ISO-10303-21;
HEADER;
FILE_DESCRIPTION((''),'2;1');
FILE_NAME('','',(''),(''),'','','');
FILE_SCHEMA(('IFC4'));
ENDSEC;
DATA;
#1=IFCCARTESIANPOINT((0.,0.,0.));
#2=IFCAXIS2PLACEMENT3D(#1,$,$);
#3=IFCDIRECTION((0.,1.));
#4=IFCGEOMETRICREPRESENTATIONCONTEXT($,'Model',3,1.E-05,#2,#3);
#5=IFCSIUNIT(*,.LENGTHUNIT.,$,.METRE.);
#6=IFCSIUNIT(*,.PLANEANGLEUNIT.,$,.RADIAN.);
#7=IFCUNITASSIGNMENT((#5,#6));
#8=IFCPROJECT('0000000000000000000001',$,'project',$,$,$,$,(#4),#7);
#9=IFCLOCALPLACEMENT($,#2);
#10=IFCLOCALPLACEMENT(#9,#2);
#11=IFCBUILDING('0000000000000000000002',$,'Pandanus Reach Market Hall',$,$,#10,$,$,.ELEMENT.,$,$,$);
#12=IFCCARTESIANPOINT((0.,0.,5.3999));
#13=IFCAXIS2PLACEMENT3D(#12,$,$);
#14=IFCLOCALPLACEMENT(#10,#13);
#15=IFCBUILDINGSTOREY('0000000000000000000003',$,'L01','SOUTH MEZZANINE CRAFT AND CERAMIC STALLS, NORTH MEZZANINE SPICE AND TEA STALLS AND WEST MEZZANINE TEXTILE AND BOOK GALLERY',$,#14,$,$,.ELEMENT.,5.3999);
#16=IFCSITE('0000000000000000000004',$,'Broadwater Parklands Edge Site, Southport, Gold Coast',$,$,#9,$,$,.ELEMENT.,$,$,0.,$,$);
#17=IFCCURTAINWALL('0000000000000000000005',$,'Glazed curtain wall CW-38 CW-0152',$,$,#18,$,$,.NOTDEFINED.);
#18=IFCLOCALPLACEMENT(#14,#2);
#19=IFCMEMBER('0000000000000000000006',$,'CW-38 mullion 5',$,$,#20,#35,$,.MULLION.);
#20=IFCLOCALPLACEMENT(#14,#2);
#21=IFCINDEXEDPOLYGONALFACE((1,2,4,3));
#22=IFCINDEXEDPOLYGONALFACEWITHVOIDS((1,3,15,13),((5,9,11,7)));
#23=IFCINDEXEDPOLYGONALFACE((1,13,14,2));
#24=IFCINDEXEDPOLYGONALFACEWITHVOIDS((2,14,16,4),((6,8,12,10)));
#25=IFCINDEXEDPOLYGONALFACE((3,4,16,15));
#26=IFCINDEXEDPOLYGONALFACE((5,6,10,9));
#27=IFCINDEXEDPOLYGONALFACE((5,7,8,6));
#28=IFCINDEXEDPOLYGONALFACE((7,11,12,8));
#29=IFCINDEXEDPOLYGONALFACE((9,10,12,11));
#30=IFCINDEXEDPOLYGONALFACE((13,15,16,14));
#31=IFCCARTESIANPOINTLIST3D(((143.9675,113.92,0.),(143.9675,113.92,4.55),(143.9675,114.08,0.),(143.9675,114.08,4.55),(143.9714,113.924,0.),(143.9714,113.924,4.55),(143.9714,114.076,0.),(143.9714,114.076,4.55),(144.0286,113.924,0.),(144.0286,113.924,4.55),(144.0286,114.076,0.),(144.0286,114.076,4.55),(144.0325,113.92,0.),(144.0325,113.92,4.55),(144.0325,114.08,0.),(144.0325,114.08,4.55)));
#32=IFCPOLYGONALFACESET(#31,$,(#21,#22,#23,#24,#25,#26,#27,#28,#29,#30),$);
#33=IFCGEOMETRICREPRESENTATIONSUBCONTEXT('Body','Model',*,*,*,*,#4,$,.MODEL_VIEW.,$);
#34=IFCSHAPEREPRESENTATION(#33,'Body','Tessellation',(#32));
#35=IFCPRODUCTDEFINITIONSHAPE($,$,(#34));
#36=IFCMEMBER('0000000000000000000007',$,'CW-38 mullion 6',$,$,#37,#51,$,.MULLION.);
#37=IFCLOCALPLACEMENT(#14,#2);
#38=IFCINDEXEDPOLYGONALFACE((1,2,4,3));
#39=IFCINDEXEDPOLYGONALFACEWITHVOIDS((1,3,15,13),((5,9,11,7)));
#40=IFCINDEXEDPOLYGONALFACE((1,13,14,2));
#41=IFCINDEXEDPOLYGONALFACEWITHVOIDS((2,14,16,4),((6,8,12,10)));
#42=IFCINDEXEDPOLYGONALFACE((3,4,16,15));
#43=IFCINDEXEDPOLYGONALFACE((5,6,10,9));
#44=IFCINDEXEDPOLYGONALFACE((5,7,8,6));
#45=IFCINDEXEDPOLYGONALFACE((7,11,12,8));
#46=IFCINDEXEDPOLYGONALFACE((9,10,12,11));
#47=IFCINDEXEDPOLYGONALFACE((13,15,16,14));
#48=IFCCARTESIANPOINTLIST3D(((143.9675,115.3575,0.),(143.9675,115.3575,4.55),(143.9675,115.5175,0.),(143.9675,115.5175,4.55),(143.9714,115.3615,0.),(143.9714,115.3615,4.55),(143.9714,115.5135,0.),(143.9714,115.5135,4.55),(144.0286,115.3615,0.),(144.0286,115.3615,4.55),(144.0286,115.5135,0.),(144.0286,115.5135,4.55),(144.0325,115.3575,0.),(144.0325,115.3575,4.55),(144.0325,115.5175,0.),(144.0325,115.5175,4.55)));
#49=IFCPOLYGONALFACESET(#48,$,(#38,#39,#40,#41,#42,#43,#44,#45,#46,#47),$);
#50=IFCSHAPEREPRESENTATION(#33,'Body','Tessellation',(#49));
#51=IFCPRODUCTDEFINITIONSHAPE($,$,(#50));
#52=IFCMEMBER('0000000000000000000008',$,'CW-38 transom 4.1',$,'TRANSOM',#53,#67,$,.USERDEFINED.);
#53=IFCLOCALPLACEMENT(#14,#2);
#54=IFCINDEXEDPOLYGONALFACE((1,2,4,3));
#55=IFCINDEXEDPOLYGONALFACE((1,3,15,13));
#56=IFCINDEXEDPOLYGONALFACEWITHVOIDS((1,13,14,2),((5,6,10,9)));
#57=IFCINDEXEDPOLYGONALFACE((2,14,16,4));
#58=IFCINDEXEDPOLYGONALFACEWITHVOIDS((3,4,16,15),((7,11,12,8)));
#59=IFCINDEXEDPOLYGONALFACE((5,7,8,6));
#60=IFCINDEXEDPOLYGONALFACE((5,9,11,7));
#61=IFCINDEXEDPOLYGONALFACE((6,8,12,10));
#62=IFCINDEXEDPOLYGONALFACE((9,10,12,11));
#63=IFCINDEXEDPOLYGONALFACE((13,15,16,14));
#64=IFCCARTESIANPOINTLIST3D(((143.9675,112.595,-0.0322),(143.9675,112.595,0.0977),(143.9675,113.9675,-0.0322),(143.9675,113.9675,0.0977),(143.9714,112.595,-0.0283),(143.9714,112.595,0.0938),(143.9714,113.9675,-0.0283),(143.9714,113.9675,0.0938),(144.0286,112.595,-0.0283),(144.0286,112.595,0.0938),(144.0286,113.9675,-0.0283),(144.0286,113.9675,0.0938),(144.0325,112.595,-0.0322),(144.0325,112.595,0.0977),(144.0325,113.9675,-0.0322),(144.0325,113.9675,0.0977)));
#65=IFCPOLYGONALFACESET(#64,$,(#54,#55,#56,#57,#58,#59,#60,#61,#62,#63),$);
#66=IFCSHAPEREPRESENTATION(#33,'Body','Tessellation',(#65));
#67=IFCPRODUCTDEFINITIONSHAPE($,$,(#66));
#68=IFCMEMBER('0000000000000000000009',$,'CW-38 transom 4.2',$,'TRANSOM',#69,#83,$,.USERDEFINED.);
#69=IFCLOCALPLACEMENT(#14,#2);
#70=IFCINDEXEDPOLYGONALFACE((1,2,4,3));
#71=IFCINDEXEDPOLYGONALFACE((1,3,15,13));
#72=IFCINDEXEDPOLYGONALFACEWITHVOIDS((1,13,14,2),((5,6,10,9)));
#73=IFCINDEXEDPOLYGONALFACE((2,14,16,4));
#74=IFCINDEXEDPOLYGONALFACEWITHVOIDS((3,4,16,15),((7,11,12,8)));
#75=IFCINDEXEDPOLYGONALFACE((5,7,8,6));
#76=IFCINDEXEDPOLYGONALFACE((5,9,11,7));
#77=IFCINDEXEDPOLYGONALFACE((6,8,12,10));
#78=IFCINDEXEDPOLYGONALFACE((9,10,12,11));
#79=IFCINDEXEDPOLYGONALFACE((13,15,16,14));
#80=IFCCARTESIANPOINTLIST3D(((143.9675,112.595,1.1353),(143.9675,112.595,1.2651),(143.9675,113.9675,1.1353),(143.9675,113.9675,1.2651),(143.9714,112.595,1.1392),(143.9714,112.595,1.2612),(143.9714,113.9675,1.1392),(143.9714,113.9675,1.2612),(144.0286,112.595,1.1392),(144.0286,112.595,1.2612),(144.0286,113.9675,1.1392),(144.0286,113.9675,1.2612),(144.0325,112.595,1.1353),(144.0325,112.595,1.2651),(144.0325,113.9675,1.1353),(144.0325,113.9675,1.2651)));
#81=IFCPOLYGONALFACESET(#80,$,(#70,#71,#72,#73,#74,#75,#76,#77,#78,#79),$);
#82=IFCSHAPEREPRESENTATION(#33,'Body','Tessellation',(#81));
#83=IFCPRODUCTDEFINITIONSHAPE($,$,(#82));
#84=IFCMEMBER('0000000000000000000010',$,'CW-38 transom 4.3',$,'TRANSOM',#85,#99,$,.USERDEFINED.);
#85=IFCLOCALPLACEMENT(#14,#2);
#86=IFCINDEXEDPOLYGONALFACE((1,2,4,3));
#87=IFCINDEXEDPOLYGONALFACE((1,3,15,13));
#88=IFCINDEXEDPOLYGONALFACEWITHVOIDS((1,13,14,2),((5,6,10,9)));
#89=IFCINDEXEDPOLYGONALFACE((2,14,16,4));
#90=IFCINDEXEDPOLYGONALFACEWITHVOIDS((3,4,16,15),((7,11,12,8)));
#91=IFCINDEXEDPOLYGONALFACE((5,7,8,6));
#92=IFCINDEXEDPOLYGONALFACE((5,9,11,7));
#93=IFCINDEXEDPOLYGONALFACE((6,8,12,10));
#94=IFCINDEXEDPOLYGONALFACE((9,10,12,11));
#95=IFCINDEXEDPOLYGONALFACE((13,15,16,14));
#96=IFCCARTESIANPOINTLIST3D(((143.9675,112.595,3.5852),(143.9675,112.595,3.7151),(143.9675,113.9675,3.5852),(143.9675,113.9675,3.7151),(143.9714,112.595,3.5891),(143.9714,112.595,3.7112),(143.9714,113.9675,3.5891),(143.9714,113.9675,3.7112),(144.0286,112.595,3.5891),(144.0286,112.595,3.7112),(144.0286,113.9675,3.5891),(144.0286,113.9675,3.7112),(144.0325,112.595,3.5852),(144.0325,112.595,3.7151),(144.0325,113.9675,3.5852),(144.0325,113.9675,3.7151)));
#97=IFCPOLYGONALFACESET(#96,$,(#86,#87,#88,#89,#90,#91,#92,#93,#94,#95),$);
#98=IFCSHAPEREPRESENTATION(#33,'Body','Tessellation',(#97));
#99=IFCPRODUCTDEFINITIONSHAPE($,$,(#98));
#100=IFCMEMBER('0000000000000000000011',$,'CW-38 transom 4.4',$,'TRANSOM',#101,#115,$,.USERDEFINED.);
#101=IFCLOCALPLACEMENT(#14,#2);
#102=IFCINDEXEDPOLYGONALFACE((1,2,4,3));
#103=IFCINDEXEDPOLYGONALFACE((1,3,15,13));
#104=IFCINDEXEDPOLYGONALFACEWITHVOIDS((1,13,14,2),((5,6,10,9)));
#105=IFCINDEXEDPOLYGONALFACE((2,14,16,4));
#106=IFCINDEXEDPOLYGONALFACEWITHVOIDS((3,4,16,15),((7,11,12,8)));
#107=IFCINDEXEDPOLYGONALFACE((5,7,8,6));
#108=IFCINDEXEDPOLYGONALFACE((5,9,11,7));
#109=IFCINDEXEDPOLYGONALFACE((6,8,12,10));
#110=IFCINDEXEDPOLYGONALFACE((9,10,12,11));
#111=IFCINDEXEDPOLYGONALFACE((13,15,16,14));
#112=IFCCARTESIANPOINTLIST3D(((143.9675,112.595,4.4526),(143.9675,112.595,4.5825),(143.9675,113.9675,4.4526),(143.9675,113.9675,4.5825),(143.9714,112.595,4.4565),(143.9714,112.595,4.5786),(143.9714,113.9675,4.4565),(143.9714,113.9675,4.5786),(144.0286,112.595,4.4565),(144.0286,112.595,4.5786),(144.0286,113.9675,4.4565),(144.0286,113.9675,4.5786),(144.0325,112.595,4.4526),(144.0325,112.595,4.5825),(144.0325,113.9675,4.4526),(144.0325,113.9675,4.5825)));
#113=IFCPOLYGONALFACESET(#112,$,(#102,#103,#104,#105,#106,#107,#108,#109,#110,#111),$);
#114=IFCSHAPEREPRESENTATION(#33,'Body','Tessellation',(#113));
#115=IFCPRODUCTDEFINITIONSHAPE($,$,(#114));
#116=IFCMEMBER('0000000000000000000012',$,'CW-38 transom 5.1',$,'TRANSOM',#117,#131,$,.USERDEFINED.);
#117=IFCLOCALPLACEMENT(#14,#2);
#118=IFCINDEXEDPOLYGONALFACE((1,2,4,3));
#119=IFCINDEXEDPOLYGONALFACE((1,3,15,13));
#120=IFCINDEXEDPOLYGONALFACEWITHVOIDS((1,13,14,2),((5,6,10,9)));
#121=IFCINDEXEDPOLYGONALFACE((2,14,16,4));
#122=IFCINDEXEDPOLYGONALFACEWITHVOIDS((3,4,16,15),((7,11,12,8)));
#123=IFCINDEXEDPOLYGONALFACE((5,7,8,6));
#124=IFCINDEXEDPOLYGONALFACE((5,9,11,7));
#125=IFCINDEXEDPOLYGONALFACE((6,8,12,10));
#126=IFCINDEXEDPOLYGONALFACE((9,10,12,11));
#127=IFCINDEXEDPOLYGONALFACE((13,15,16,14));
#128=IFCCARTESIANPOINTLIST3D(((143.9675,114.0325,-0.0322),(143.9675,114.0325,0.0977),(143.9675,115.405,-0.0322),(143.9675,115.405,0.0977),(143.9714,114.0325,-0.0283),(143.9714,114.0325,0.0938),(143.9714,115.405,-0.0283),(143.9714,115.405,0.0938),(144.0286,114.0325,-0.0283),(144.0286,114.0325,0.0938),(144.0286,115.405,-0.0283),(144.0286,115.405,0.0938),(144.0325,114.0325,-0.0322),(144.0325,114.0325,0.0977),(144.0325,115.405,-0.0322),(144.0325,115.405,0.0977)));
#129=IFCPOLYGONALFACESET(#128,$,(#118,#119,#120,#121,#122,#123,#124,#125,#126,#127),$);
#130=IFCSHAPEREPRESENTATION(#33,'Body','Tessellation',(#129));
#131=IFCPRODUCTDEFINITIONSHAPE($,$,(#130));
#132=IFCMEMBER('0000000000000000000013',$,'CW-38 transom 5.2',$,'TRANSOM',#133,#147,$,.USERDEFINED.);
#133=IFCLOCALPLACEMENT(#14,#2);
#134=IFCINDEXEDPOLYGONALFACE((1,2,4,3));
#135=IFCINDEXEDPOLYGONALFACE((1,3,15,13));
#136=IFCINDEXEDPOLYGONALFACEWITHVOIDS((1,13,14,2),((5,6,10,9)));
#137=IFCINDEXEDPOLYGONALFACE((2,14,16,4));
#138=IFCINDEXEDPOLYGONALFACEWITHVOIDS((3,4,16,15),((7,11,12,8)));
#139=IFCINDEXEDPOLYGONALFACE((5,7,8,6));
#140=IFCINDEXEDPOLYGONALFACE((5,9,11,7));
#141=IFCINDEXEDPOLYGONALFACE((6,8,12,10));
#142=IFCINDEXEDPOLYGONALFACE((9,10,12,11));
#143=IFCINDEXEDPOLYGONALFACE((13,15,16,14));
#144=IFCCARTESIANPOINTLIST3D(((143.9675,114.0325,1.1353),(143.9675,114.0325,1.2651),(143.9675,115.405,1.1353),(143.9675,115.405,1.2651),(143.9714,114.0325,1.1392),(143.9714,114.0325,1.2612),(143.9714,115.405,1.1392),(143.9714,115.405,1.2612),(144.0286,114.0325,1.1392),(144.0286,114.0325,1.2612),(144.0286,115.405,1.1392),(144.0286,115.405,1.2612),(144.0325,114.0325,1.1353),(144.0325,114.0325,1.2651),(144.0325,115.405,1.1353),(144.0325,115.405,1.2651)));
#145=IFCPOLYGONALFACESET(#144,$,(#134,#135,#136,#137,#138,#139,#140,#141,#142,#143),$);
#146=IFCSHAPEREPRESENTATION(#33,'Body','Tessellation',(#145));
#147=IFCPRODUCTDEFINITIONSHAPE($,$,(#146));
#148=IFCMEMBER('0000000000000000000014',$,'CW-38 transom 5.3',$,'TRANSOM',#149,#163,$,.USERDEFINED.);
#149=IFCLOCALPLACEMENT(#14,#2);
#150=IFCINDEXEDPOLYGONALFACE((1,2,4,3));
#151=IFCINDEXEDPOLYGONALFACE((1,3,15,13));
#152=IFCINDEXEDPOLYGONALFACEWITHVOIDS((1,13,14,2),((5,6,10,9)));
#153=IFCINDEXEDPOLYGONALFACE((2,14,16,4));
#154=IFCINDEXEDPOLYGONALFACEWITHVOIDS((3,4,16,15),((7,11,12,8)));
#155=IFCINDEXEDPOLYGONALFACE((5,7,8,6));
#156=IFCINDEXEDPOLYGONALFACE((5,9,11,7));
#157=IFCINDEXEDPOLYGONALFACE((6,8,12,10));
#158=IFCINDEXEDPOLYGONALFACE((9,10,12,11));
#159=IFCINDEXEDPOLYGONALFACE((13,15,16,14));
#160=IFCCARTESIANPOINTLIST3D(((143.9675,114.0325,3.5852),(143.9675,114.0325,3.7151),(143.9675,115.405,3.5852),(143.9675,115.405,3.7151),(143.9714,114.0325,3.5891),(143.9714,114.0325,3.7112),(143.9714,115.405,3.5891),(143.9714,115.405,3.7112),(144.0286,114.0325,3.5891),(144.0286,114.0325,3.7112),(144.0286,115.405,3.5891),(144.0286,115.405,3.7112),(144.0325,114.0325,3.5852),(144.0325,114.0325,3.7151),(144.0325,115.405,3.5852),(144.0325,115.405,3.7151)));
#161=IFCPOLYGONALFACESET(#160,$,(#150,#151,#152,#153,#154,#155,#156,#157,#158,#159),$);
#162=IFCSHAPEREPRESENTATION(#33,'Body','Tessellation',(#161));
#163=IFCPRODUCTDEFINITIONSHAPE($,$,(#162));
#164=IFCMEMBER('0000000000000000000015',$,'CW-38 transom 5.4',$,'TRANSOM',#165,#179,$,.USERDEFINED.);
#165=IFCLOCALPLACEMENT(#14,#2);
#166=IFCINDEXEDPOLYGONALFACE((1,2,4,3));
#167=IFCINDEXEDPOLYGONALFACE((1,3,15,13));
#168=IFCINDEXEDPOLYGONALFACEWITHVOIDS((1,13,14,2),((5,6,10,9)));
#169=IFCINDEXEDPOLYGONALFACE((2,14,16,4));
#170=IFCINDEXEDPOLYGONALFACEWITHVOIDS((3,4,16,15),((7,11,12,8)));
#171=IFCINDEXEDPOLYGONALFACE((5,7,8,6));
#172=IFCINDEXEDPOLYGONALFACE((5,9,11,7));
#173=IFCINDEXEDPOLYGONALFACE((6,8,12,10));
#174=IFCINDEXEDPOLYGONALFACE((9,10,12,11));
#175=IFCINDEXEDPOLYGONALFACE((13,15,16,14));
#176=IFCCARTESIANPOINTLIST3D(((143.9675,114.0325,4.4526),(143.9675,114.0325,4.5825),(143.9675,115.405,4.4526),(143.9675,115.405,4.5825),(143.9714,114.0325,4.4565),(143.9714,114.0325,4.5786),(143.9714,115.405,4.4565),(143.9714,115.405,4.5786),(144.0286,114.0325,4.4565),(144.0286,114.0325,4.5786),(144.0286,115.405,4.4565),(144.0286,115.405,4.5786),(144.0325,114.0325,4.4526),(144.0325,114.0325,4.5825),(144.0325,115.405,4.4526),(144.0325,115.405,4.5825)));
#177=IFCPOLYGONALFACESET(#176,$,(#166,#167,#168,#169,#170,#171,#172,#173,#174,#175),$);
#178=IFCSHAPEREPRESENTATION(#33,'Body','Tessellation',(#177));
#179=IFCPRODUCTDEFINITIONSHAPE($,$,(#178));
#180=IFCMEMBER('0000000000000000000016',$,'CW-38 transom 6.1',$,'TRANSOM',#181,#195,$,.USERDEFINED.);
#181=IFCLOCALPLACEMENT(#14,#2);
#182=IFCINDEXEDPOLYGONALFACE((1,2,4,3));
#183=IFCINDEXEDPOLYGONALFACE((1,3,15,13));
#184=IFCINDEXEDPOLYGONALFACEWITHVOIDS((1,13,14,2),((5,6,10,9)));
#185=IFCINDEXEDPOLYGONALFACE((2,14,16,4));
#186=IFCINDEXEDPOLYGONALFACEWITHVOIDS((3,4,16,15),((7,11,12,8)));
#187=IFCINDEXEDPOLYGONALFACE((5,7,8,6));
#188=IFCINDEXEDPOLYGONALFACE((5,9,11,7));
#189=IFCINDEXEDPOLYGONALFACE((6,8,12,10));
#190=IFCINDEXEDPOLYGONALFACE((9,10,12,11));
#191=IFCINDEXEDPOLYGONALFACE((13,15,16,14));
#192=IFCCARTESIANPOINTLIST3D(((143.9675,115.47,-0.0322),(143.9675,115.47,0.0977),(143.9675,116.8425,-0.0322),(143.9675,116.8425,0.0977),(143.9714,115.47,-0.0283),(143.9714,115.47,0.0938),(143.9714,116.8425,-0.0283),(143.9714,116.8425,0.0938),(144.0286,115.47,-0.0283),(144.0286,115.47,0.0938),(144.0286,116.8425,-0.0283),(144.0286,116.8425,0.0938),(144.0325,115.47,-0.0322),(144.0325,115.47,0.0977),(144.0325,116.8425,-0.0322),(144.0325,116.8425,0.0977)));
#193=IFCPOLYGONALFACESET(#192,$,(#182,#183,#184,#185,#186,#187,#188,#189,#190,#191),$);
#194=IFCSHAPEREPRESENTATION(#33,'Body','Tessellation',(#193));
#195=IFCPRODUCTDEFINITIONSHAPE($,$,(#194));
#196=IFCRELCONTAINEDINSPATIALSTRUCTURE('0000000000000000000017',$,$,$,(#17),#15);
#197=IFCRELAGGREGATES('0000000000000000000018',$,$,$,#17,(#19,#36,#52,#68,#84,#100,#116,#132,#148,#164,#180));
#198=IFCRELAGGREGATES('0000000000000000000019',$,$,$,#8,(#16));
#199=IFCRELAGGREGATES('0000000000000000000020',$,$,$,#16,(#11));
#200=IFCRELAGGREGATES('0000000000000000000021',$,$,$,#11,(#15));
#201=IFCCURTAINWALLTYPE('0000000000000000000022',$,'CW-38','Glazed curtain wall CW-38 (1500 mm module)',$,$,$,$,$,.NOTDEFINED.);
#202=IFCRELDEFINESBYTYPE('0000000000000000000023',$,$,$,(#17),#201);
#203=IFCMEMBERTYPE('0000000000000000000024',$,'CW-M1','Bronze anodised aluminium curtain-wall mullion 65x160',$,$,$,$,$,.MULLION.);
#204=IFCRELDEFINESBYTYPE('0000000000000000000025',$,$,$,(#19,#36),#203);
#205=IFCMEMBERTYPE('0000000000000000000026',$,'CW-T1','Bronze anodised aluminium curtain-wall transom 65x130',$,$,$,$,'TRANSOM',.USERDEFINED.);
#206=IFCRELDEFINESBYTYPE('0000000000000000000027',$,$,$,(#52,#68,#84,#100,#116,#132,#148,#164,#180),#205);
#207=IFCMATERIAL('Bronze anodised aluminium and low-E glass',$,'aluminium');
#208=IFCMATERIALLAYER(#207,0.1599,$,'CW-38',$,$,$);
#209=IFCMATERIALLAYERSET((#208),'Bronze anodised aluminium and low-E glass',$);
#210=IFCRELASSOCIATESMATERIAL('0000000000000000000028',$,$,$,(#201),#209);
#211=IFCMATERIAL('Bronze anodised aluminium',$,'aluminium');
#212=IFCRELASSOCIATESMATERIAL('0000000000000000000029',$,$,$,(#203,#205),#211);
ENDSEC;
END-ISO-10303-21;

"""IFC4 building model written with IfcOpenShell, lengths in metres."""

from ifc_helpers import new_model, si_unit, direction, frame, origin, origin_2d, place, context, subcontext, project, spatial, hollow_rectangle, extrude, material, layer, layer_set, material_profile, profile_set, type_object, element, aggregate, save


model = new_model("IFC4")

# Units and contexts
model_context = context("Model", 3, precision=1e-05, world=origin(), true_north=direction((0.0, 1.0)))
body_context = subcontext(model_context, "Body", "Model", "MODEL_VIEW")
ifc_project = project(units=[si_unit("LENGTHUNIT", "METRE"), si_unit("PLANEANGLEUNIT", "RADIAN")], contexts=[model_context])

# Site, building, storey
site_placement = place(None, origin())
site = spatial("IfcSite", under=ifc_project, at=site_placement, Name="Broadwater Parklands Edge Site, Southport, Gold Coast", CompositionType="ELEMENT", RefElevation=0.0)
building_placement = place(site_placement, origin())
building = spatial("IfcBuilding", under=site, at=building_placement, Name="Pandanus Reach Market Hall", CompositionType="ELEMENT")
storey_placement = place(building_placement, frame((0.0, 0.0, 5.3999)))
storey = spatial("IfcBuildingStorey", under=building, at=storey_placement, Name="L01", Description="SOUTH MEZZANINE CRAFT AND CERAMIC STALLS, NORTH MEZZANINE SPICE AND TEA STALLS AND WEST MEZZANINE TEXTILE AND BOOK GALLERY", CompositionType="ELEMENT", Elevation=5.3999)

# Curtain wall, members
ifc_material_1 = material(Name="Bronze anodised aluminium and low-E glass", Category="aluminium")
ifc_layer_1 = layer(ifc_material_1, 0.1599, Name="CW-38")
ifc_layer_set_1 = layer_set([ifc_layer_1], Name="Bronze anodised aluminium and low-E glass")
curtain_wall_type = type_object("IfcCurtainWallType", Name="CW-38", Description="Glazed curtain wall CW-38 (1500 mm module)", PredefinedType="NOTDEFINED", material=ifc_layer_set_1)
curtain_wall_placement = place(storey_placement, origin())
curtain_wall = element("IfcCurtainWall", 1, at=curtain_wall_placement, inside=storey, type_object=curtain_wall_type, Name="Glazed curtain wall CW-38 CW-0152", PredefinedType="NOTDEFINED")
ifc_material_2 = material(Name="Bronze anodised aluminium", Category="aluminium")
ifc_material_profile_1 = material_profile(ifc_material_2, hollow_rectangle(XDim=0.0649, YDim=0.1599, WallThickness=0.0039, at=origin_2d()), Name="ALU65x160", Category="LoadBearing")
ifc_profile_set_1 = profile_set([ifc_material_profile_1], Name="Bronze anodised aluminium")
member_type_1 = type_object("IfcMemberType", Name="CW-M1", Description="Bronze anodised aluminium curtain-wall mullion 65x160", PredefinedType="MULLION", material=ifc_profile_set_1)
member_1_placement = place(storey_placement, frame((144.0, 114.0, 0.0), z_axis=(0.0, 0.0, 1.0), x_axis=(-1.0, 0.0, 0.0)))
member_1 = element("IfcMember", 2, at=member_1_placement, type_object=member_type_1, Name="CW-38 mullion 5", PredefinedType="MULLION", context=body_context, shape_type="SweptSolid", body=[
    extrude(hollow_rectangle(XDim=0.0649, YDim=0.1599, WallThickness=0.0039, at=origin_2d()), origin(), (0.0, 0.0, 1.0), 4.55),
])
member_2_placement = place(storey_placement, frame((144.0, 115.4375, 0.0), z_axis=(0.0, 0.0, 1.0), x_axis=(-1.0, 0.0, 0.0)))
member_2 = element("IfcMember", 3, at=member_2_placement, type_object=member_type_1, Name="CW-38 mullion 6", PredefinedType="MULLION", context=body_context, shape_type="SweptSolid", body=[
    extrude(hollow_rectangle(XDim=0.0649, YDim=0.1599, WallThickness=0.0039, at=origin_2d()), origin(), (0.0, 0.0, 1.0), 4.55),
])
ifc_material_profile_2 = material_profile(ifc_material_2, hollow_rectangle(XDim=0.0649, YDim=0.1299, WallThickness=0.0039, at=origin_2d()), Name="ALU65x130", Category="LoadBearing")
ifc_profile_set_2 = profile_set([ifc_material_profile_2], Name="Bronze anodised aluminium")
member_type_2 = type_object("IfcMemberType", Name="CW-T1", Description="Bronze anodised aluminium curtain-wall transom 65x130", ElementType="TRANSOM", PredefinedType="USERDEFINED", material=ifc_profile_set_2)
member_3_placement = place(storey_placement, frame((144.0, 112.595, 0.0327), z_axis=(0.0, 1.0, 0.0), x_axis=(-1.0, 0.0, 0.0)))
member_3 = element("IfcMember", 4, at=member_3_placement, type_object=member_type_2, Name="CW-38 transom 4.1", ObjectType="TRANSOM", PredefinedType="USERDEFINED", context=body_context, shape_type="SweptSolid", body=[
    extrude(hollow_rectangle(XDim=0.0649, YDim=0.1299, WallThickness=0.0039, at=origin_2d()), origin(), (0.0, 0.0, 1.0), 1.3726),
])
member_4_placement = place(storey_placement, frame((144.0, 112.595, 1.2002), z_axis=(0.0, 1.0, 0.0), x_axis=(-1.0, 0.0, 0.0)))
member_4 = element("IfcMember", 5, at=member_4_placement, type_object=member_type_2, Name="CW-38 transom 4.2", ObjectType="TRANSOM", PredefinedType="USERDEFINED", context=body_context, shape_type="SweptSolid", body=[
    extrude(hollow_rectangle(XDim=0.0649, YDim=0.1299, WallThickness=0.0039, at=origin_2d()), origin(), (0.0, 0.0, 1.0), 1.3726),
])
member_5_placement = place(storey_placement, frame((144.0, 112.595, 3.6501), z_axis=(0.0, 1.0, 0.0), x_axis=(-1.0, 0.0, 0.0)))
member_5 = element("IfcMember", 6, at=member_5_placement, type_object=member_type_2, Name="CW-38 transom 4.3", ObjectType="TRANSOM", PredefinedType="USERDEFINED", context=body_context, shape_type="SweptSolid", body=[
    extrude(hollow_rectangle(XDim=0.0649, YDim=0.1299, WallThickness=0.0039, at=origin_2d()), origin(), (0.0, 0.0, 1.0), 1.3726),
])
member_6_placement = place(storey_placement, frame((144.0, 112.595, 4.5176), z_axis=(0.0, 1.0, 0.0), x_axis=(-1.0, 0.0, 0.0)))
member_6 = element("IfcMember", 7, at=member_6_placement, type_object=member_type_2, Name="CW-38 transom 4.4", ObjectType="TRANSOM", PredefinedType="USERDEFINED", context=body_context, shape_type="SweptSolid", body=[
    extrude(hollow_rectangle(XDim=0.0649, YDim=0.1299, WallThickness=0.0039, at=origin_2d()), origin(), (0.0, 0.0, 1.0), 1.3726),
])
member_7_placement = place(storey_placement, frame((144.0, 114.0325, 0.0327), z_axis=(0.0, 1.0, 0.0), x_axis=(-1.0, 0.0, 0.0)))
member_7 = element("IfcMember", 8, at=member_7_placement, type_object=member_type_2, Name="CW-38 transom 5.1", ObjectType="TRANSOM", PredefinedType="USERDEFINED", context=body_context, shape_type="SweptSolid", body=[
    extrude(hollow_rectangle(XDim=0.0649, YDim=0.1299, WallThickness=0.0039, at=origin_2d()), origin(), (0.0, 0.0, 1.0), 1.3726),
])
member_8_placement = place(storey_placement, frame((144.0, 114.0325, 1.2002), z_axis=(0.0, 1.0, 0.0), x_axis=(-1.0, 0.0, 0.0)))
member_8 = element("IfcMember", 9, at=member_8_placement, type_object=member_type_2, Name="CW-38 transom 5.2", ObjectType="TRANSOM", PredefinedType="USERDEFINED", context=body_context, shape_type="SweptSolid", body=[
    extrude(hollow_rectangle(XDim=0.0649, YDim=0.1299, WallThickness=0.0039, at=origin_2d()), origin(), (0.0, 0.0, 1.0), 1.3726),
])
member_9_placement = place(storey_placement, frame((144.0, 114.0325, 3.6501), z_axis=(0.0, 1.0, 0.0), x_axis=(-1.0, 0.0, 0.0)))
member_9 = element("IfcMember", 10, at=member_9_placement, type_object=member_type_2, Name="CW-38 transom 5.3", ObjectType="TRANSOM", PredefinedType="USERDEFINED", context=body_context, shape_type="SweptSolid", body=[
    extrude(hollow_rectangle(XDim=0.0649, YDim=0.1299, WallThickness=0.0039, at=origin_2d()), origin(), (0.0, 0.0, 1.0), 1.3726),
])
member_10_placement = place(storey_placement, frame((144.0, 114.0325, 4.5176), z_axis=(0.0, 1.0, 0.0), x_axis=(-1.0, 0.0, 0.0)))
member_10 = element("IfcMember", 11, at=member_10_placement, type_object=member_type_2, Name="CW-38 transom 5.4", ObjectType="TRANSOM", PredefinedType="USERDEFINED", context=body_context, shape_type="SweptSolid", body=[
    extrude(hollow_rectangle(XDim=0.0649, YDim=0.1299, WallThickness=0.0039, at=origin_2d()), origin(), (0.0, 0.0, 1.0), 1.3726),
])
member_11_placement = place(storey_placement, frame((144.0, 115.47, 0.0327), z_axis=(0.0, 1.0, 0.0), x_axis=(-1.0, 0.0, 0.0)))
member_11 = element("IfcMember", 12, at=member_11_placement, type_object=member_type_2, Name="CW-38 transom 6.1", ObjectType="TRANSOM", PredefinedType="USERDEFINED", context=body_context, shape_type="SweptSolid", body=[
    extrude(hollow_rectangle(XDim=0.0649, YDim=0.1299, WallThickness=0.0039, at=origin_2d()), origin(), (0.0, 0.0, 1.0), 1.3726),
])
aggregate(curtain_wall, [member_1, member_2, member_3, member_4, member_5, member_6, member_7, member_8, member_9, member_10, member_11])

save(model, "model.ifc")
